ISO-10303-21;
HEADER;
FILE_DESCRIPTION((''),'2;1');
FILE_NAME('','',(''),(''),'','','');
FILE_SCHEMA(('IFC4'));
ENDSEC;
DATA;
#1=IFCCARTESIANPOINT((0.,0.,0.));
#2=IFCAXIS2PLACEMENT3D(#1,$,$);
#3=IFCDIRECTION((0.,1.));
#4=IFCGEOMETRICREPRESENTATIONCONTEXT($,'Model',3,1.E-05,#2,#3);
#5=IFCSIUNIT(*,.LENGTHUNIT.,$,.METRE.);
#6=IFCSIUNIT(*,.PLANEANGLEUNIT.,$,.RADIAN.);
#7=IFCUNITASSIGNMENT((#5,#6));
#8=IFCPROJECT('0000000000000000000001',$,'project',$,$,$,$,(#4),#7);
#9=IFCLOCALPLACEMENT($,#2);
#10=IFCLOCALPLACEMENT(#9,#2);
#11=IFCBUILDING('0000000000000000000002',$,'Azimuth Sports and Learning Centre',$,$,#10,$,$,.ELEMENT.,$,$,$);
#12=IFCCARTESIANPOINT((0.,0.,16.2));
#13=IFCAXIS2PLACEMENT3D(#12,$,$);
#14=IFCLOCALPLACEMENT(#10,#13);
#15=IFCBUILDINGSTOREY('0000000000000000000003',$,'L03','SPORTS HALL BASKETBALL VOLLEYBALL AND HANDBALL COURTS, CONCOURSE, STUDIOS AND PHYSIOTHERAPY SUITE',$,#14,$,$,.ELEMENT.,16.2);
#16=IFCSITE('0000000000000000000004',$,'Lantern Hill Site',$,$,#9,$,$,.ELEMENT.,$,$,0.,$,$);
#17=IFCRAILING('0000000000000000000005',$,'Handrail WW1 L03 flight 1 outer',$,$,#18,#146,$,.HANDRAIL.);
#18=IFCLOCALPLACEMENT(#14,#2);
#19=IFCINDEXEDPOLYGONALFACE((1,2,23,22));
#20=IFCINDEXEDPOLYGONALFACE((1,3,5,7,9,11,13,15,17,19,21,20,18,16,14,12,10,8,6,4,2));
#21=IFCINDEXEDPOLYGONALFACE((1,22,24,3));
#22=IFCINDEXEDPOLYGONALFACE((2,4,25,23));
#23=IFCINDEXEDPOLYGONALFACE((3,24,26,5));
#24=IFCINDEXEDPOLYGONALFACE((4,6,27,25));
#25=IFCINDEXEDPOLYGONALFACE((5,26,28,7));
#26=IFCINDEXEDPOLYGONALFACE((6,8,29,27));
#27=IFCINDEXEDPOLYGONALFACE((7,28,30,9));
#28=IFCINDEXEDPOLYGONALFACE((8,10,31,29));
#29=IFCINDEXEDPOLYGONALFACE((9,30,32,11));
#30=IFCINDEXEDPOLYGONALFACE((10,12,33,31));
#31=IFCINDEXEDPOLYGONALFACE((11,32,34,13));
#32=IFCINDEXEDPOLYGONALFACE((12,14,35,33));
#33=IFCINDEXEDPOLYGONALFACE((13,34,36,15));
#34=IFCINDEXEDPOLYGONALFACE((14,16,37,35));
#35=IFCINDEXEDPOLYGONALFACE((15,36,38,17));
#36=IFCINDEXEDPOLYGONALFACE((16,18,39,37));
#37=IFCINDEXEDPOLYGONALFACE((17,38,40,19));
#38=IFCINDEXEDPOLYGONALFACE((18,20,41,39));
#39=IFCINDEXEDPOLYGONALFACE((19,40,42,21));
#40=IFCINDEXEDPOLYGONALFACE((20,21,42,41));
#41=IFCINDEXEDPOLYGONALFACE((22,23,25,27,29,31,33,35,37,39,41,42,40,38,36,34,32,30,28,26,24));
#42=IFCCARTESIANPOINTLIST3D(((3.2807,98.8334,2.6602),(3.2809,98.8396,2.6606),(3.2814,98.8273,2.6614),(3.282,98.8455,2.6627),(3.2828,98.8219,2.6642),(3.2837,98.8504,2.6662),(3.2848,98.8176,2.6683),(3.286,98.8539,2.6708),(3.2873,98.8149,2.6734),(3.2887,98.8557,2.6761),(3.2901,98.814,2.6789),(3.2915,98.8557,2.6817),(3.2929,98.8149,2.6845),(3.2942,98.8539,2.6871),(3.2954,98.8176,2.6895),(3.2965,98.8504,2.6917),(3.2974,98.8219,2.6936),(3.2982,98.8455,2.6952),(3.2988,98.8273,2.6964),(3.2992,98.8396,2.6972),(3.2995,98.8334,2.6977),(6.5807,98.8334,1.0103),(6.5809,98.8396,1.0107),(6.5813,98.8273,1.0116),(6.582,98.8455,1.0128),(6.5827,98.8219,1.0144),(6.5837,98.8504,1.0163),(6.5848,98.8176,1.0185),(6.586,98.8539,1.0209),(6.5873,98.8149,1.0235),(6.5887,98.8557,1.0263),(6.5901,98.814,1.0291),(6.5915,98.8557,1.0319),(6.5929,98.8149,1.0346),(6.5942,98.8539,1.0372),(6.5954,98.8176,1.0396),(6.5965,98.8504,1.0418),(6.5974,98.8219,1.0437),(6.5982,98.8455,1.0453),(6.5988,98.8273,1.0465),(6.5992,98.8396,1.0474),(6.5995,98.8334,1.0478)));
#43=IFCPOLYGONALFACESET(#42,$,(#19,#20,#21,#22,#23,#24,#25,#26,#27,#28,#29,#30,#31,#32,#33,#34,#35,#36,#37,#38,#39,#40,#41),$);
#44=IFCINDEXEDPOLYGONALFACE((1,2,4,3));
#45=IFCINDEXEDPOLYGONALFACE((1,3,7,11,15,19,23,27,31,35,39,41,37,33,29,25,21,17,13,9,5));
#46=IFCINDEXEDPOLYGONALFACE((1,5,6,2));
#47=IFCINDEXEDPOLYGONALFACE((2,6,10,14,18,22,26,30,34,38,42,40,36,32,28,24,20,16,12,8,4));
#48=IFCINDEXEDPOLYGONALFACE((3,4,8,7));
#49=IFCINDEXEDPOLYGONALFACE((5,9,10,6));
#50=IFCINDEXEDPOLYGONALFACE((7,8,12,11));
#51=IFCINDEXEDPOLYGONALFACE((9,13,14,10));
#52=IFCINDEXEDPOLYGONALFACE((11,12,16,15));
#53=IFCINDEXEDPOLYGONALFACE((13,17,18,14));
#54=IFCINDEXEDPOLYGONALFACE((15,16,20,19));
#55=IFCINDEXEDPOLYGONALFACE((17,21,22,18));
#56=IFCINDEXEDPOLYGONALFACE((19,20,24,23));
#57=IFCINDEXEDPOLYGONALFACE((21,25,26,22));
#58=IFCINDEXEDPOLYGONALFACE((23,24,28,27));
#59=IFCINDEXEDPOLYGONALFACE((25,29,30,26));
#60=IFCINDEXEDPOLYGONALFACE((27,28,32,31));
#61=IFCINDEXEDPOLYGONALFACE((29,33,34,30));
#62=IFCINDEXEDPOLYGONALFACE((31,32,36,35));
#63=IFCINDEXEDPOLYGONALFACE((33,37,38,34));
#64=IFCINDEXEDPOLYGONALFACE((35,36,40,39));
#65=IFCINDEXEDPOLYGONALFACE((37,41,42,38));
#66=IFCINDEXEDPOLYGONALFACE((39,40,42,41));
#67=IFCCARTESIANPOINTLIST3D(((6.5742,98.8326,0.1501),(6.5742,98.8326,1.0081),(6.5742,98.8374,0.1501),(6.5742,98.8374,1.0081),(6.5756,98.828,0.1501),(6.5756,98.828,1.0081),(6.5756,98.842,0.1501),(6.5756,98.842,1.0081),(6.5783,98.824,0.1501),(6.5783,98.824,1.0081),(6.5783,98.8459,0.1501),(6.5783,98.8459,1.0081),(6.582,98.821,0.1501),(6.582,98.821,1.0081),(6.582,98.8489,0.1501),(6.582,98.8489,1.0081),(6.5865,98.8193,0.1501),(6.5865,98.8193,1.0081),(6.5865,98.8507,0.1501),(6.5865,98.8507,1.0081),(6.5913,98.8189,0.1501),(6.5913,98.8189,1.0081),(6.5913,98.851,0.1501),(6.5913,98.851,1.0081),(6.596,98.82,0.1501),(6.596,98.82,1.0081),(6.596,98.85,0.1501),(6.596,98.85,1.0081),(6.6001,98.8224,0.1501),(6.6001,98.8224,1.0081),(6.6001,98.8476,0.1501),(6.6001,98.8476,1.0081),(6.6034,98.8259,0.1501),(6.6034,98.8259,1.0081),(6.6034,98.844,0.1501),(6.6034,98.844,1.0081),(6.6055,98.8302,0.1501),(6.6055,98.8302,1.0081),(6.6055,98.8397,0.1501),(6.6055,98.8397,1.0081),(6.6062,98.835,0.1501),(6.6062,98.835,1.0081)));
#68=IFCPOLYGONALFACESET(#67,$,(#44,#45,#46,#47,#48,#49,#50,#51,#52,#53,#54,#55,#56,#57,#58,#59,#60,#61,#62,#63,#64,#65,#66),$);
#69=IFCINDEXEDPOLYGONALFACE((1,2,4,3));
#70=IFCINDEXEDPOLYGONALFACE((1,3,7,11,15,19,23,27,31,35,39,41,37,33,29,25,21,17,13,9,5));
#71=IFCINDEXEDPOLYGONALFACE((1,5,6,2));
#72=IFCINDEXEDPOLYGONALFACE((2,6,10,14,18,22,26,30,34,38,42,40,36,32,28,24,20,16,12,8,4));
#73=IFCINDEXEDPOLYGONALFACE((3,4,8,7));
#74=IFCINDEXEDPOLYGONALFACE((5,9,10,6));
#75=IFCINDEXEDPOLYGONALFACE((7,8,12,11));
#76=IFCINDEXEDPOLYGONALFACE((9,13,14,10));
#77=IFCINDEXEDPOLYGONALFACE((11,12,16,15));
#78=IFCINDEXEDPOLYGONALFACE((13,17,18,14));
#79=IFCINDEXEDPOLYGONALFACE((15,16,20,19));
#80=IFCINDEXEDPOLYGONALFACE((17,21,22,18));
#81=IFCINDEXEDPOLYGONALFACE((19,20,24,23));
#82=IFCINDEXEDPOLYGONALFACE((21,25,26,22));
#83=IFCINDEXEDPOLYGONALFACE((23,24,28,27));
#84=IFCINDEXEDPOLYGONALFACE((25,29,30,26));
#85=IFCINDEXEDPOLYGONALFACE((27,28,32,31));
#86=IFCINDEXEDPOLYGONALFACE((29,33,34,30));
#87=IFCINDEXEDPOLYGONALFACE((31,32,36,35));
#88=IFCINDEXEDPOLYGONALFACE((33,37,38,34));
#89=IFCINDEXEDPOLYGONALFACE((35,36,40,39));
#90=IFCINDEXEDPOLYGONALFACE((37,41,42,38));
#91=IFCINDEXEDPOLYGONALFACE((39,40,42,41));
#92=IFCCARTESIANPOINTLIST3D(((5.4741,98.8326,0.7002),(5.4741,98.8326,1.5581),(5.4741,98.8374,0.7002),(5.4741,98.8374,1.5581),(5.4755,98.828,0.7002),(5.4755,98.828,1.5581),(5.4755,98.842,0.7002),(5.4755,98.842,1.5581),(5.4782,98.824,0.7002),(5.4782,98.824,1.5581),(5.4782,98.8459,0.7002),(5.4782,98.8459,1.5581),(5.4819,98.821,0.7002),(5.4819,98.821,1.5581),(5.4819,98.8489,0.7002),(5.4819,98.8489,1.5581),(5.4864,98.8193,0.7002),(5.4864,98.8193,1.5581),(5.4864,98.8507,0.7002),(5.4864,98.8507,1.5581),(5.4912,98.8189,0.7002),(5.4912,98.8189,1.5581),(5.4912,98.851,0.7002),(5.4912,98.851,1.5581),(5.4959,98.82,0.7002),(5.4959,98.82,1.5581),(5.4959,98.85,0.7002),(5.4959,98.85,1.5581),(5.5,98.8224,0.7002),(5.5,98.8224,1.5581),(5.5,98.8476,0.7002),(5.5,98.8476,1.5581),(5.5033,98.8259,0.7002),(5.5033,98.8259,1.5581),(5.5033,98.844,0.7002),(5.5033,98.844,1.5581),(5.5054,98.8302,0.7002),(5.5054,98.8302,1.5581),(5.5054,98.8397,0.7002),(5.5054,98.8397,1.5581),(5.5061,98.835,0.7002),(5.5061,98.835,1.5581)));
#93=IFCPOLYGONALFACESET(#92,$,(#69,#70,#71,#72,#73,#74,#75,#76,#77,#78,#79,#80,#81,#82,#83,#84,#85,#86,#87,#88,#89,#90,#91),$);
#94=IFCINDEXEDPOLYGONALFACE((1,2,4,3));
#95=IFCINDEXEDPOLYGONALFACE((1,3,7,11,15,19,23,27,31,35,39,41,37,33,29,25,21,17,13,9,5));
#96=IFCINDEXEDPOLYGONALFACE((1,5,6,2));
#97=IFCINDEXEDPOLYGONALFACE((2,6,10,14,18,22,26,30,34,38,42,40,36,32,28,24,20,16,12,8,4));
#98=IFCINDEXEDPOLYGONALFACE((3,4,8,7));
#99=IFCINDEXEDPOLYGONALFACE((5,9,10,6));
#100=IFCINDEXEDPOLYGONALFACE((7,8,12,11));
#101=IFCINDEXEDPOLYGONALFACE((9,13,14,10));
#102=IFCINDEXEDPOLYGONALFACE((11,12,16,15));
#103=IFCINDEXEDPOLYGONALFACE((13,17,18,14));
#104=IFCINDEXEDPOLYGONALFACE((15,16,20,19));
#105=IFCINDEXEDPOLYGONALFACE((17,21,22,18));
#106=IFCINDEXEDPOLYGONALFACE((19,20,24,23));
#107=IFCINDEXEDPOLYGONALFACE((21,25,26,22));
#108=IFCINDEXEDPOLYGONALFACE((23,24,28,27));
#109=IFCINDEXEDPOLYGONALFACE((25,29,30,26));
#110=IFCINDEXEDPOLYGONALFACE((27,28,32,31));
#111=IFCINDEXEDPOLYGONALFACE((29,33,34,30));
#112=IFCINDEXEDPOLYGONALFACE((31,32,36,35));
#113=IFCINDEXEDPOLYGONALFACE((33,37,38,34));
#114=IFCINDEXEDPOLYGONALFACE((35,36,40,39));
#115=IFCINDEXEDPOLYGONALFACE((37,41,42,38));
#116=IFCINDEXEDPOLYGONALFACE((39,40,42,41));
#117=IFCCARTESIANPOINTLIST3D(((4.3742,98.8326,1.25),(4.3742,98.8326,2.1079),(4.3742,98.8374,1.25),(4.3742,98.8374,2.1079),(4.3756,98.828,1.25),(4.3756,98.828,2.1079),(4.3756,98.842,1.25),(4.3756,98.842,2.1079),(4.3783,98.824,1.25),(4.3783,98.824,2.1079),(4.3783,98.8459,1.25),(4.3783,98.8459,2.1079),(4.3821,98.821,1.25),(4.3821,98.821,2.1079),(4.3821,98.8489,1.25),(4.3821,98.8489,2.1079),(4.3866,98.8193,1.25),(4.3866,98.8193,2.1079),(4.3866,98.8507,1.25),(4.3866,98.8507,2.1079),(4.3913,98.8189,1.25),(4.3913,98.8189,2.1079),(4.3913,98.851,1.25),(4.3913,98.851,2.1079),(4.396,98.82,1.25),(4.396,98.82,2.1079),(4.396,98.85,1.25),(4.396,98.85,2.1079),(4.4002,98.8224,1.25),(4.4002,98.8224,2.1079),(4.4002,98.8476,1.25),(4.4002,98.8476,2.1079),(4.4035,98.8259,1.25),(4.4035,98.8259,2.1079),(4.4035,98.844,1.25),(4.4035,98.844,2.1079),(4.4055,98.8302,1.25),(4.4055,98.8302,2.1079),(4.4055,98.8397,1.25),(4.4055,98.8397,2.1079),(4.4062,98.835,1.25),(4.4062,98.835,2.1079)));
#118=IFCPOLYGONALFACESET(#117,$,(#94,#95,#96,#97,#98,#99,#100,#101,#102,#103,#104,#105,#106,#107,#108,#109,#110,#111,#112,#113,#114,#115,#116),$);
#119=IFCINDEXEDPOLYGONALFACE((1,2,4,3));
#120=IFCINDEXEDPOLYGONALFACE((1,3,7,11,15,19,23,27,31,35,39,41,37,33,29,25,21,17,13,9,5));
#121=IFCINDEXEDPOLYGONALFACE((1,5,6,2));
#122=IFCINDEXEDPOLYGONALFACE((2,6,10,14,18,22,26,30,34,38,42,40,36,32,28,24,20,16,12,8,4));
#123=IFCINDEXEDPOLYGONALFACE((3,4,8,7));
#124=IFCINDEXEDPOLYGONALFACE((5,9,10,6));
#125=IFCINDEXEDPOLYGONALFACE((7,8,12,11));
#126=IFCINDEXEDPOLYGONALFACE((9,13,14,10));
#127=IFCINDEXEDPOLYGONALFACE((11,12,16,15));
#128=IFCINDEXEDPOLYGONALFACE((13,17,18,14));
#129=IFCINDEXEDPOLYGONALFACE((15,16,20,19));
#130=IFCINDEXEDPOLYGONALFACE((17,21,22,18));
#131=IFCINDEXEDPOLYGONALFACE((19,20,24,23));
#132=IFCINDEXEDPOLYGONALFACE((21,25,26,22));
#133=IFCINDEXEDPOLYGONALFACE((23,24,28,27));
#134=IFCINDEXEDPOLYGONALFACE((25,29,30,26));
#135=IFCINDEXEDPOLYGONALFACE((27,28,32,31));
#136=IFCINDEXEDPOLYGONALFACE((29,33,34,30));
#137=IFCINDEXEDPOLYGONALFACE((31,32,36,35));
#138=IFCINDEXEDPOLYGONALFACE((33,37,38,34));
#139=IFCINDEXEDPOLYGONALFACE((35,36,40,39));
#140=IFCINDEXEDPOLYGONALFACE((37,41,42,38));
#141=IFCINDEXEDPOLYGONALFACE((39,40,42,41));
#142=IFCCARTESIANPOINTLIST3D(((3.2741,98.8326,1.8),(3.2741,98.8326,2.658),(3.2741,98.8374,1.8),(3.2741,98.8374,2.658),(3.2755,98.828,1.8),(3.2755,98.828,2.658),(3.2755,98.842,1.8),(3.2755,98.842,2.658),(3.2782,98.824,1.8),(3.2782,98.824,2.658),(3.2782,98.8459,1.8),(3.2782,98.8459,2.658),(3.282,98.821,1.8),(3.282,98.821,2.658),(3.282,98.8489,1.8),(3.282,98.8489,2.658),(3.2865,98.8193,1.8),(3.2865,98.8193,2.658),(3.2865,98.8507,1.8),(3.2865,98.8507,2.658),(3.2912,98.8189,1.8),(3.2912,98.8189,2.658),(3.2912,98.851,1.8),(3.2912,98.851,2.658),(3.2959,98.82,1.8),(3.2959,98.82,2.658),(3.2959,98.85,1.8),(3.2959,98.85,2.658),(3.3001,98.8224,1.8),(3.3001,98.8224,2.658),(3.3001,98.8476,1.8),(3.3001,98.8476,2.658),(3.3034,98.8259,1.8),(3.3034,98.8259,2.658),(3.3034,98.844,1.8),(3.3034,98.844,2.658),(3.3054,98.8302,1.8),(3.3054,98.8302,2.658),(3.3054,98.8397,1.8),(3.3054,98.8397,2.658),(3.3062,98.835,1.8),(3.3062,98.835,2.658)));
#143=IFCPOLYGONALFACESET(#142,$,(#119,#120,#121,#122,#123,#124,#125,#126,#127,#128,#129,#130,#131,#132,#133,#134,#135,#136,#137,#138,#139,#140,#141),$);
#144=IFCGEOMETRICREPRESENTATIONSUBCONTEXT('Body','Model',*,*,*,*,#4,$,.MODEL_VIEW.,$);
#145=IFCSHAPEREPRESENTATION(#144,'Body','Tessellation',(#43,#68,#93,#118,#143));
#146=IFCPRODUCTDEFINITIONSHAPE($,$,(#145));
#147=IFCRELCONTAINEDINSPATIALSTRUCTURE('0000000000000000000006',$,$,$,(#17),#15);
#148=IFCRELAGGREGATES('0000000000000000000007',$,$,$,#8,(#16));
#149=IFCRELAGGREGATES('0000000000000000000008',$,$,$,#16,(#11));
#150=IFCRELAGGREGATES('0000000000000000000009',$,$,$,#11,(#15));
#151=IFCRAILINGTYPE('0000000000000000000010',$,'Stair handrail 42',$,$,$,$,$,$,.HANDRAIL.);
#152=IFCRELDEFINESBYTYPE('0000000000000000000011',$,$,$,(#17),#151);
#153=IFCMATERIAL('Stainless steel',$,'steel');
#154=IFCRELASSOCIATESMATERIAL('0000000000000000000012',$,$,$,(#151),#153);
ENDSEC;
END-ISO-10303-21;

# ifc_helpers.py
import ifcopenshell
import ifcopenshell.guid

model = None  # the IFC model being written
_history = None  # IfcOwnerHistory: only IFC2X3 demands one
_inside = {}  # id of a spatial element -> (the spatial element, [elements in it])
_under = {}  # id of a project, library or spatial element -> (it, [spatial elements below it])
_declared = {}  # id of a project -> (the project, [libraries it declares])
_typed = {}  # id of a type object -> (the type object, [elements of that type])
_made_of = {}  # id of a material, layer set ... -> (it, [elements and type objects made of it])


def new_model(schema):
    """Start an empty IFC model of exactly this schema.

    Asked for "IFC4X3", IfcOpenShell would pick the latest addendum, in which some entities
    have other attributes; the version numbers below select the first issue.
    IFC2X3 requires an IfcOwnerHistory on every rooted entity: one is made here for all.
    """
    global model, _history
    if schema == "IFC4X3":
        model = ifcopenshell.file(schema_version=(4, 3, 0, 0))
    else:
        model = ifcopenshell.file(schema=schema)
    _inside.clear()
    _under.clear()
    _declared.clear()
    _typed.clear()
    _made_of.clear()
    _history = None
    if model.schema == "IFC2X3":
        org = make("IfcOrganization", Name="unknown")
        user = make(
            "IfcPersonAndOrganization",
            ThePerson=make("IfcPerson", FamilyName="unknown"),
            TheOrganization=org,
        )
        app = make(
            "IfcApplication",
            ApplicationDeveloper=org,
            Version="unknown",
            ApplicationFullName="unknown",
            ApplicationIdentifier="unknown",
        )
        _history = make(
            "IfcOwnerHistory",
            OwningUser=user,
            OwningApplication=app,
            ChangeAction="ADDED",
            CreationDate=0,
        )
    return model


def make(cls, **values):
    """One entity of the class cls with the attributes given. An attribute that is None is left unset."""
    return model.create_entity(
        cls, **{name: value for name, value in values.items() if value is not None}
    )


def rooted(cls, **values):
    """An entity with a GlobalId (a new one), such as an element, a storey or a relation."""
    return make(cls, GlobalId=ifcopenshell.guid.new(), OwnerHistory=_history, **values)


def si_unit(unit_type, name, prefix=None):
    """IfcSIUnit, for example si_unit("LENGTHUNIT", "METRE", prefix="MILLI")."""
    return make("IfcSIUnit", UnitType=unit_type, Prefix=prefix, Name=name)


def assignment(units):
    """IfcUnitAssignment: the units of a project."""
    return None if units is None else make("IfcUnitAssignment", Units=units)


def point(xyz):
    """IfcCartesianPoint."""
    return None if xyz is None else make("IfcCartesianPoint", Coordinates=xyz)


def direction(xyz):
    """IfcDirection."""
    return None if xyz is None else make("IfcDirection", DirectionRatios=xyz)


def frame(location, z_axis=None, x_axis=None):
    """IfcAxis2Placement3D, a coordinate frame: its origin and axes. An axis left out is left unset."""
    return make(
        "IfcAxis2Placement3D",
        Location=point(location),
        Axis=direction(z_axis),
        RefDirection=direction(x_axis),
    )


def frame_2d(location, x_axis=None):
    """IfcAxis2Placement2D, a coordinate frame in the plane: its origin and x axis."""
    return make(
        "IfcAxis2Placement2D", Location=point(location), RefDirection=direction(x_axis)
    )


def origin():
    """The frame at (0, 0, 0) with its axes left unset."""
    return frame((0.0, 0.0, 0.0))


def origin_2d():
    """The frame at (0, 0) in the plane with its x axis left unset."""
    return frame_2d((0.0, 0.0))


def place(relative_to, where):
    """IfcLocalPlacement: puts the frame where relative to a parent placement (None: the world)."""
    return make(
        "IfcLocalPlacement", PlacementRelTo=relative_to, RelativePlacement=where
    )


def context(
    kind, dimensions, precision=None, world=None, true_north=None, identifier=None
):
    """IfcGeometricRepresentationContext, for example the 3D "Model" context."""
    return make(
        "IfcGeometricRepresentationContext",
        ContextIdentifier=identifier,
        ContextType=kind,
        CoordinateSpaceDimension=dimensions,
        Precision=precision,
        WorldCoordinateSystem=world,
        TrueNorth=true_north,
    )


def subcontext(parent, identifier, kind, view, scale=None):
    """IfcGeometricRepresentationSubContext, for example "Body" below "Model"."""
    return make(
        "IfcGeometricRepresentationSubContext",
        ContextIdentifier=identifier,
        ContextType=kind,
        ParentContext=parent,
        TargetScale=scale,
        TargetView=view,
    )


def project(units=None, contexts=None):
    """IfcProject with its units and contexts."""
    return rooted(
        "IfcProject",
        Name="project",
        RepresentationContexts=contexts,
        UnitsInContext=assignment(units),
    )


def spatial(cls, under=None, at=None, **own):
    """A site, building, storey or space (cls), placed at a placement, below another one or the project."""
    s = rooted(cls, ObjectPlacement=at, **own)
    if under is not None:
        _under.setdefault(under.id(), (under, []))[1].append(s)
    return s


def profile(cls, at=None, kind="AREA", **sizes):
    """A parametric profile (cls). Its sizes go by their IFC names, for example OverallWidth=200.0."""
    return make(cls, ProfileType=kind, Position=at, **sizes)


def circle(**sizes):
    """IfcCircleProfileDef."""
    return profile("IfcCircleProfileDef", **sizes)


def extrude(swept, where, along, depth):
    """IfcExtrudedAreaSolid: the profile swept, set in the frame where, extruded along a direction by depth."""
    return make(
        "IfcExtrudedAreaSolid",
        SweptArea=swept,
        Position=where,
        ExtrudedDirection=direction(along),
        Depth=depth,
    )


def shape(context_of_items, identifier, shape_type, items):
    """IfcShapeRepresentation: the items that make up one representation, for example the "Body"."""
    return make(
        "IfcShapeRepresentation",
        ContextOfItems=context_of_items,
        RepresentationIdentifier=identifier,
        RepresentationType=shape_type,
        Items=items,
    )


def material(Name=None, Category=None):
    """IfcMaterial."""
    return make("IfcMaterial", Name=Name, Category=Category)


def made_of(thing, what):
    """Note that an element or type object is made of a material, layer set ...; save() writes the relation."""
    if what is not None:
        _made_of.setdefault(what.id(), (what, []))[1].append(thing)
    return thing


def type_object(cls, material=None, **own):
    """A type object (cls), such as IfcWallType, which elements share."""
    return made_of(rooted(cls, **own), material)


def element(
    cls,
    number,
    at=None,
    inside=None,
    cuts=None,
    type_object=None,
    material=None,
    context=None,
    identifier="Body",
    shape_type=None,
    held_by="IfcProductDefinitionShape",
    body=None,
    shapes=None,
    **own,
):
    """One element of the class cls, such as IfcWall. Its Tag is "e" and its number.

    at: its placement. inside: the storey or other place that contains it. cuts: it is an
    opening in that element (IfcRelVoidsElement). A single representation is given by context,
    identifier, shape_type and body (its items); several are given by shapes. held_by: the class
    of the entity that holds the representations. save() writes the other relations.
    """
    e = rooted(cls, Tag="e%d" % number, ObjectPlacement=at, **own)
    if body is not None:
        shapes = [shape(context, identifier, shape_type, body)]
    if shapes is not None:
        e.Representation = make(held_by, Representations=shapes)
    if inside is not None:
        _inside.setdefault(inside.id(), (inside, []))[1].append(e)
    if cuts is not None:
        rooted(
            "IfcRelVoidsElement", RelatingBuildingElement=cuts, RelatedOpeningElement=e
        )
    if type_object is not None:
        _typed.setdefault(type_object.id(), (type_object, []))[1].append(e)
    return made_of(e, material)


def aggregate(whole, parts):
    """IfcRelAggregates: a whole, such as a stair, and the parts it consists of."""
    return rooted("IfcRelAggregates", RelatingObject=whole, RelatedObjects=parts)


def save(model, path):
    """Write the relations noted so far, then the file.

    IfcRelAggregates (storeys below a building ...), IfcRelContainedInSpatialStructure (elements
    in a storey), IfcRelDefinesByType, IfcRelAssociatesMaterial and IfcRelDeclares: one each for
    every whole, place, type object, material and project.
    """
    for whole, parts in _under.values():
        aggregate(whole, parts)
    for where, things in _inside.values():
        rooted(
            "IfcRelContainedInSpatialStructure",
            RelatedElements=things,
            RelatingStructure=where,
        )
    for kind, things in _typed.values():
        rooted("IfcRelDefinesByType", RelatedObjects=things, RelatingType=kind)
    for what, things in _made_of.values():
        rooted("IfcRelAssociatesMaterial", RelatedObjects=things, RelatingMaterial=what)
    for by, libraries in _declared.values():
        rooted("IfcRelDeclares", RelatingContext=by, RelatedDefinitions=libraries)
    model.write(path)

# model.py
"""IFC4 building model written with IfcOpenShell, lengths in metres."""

from ifc_helpers import new_model, si_unit, direction, frame, origin, origin_2d, place, context, subcontext, project, spatial, circle, extrude, material, type_object, element, save


model = new_model("IFC4")

# Units and contexts
model_context = context("Model", 3, precision=1e-05, world=origin(), true_north=direction((0.0, 1.0)))
body_context = subcontext(model_context, "Body", "Model", "MODEL_VIEW")
ifc_project = project(units=[si_unit("LENGTHUNIT", "METRE"), si_unit("PLANEANGLEUNIT", "RADIAN")], contexts=[model_context])

# Site, building, storey
site_placement = place(None, origin())
site = spatial("IfcSite", under=ifc_project, at=site_placement, Name="Lantern Hill Site", CompositionType="ELEMENT", RefElevation=0.0)
building_placement = place(site_placement, origin())
building = spatial("IfcBuilding", under=site, at=building_placement, Name="Azimuth Sports and Learning Centre", CompositionType="ELEMENT")
storey_placement = place(building_placement, frame((0.0, 0.0, 16.2)))
storey = spatial("IfcBuildingStorey", under=building, at=storey_placement, Name="L03", Description="SPORTS HALL BASKETBALL VOLLEYBALL AND HANDBALL COURTS, CONCOURSE, STUDIOS AND PHYSIOTHERAPY SUITE", CompositionType="ELEMENT", Elevation=16.2)

# Railing
ifc_material_1 = material(Name="Stainless steel", Category="steel")
railing_type = type_object("IfcRailingType", Name="Stair handrail 42", PredefinedType="HANDRAIL", material=ifc_material_1)
for number, where, name in (
    (1, (6.5901, 98.835, 0.1501), "Handrail WW1 L03 flight 1 outer"),
):
    element("IfcRailing", number, at=place(storey_placement, frame(where)), inside=storey, type_object=railing_type, Name=name, PredefinedType="HANDRAIL", context=body_context, shape_type="SweptSolid", body=[
        extrude(circle(Radius=0.021, at=origin_2d()), frame((0.0, 0.0, 0.8789), z_axis=(-0.89444, 0.0, 0.447187), x_axis=(0.0, -1.0, 0.0)), (0.0, 0.0, 1.0), 3.6895),
        extrude(circle(Radius=0.0161, at=origin_2d()), origin(), (0.0, 0.0, 1.0), 0.8579),
        extrude(circle(Radius=0.0161, at=origin_2d()), frame((-1.1001, 0.0, 0.55)), (0.0, 0.0, 1.0), 0.8579),
        extrude(circle(Radius=0.0161, at=origin_2d()), frame((-2.2, 0.0, 1.0999)), (0.0, 0.0, 1.0), 0.8579),
        extrude(circle(Radius=0.0161, at=origin_2d()), frame((-3.3, 0.0, 1.6499)), (0.0, 0.0, 1.0), 0.8579),
    ])

save(model, "model.ifc")
